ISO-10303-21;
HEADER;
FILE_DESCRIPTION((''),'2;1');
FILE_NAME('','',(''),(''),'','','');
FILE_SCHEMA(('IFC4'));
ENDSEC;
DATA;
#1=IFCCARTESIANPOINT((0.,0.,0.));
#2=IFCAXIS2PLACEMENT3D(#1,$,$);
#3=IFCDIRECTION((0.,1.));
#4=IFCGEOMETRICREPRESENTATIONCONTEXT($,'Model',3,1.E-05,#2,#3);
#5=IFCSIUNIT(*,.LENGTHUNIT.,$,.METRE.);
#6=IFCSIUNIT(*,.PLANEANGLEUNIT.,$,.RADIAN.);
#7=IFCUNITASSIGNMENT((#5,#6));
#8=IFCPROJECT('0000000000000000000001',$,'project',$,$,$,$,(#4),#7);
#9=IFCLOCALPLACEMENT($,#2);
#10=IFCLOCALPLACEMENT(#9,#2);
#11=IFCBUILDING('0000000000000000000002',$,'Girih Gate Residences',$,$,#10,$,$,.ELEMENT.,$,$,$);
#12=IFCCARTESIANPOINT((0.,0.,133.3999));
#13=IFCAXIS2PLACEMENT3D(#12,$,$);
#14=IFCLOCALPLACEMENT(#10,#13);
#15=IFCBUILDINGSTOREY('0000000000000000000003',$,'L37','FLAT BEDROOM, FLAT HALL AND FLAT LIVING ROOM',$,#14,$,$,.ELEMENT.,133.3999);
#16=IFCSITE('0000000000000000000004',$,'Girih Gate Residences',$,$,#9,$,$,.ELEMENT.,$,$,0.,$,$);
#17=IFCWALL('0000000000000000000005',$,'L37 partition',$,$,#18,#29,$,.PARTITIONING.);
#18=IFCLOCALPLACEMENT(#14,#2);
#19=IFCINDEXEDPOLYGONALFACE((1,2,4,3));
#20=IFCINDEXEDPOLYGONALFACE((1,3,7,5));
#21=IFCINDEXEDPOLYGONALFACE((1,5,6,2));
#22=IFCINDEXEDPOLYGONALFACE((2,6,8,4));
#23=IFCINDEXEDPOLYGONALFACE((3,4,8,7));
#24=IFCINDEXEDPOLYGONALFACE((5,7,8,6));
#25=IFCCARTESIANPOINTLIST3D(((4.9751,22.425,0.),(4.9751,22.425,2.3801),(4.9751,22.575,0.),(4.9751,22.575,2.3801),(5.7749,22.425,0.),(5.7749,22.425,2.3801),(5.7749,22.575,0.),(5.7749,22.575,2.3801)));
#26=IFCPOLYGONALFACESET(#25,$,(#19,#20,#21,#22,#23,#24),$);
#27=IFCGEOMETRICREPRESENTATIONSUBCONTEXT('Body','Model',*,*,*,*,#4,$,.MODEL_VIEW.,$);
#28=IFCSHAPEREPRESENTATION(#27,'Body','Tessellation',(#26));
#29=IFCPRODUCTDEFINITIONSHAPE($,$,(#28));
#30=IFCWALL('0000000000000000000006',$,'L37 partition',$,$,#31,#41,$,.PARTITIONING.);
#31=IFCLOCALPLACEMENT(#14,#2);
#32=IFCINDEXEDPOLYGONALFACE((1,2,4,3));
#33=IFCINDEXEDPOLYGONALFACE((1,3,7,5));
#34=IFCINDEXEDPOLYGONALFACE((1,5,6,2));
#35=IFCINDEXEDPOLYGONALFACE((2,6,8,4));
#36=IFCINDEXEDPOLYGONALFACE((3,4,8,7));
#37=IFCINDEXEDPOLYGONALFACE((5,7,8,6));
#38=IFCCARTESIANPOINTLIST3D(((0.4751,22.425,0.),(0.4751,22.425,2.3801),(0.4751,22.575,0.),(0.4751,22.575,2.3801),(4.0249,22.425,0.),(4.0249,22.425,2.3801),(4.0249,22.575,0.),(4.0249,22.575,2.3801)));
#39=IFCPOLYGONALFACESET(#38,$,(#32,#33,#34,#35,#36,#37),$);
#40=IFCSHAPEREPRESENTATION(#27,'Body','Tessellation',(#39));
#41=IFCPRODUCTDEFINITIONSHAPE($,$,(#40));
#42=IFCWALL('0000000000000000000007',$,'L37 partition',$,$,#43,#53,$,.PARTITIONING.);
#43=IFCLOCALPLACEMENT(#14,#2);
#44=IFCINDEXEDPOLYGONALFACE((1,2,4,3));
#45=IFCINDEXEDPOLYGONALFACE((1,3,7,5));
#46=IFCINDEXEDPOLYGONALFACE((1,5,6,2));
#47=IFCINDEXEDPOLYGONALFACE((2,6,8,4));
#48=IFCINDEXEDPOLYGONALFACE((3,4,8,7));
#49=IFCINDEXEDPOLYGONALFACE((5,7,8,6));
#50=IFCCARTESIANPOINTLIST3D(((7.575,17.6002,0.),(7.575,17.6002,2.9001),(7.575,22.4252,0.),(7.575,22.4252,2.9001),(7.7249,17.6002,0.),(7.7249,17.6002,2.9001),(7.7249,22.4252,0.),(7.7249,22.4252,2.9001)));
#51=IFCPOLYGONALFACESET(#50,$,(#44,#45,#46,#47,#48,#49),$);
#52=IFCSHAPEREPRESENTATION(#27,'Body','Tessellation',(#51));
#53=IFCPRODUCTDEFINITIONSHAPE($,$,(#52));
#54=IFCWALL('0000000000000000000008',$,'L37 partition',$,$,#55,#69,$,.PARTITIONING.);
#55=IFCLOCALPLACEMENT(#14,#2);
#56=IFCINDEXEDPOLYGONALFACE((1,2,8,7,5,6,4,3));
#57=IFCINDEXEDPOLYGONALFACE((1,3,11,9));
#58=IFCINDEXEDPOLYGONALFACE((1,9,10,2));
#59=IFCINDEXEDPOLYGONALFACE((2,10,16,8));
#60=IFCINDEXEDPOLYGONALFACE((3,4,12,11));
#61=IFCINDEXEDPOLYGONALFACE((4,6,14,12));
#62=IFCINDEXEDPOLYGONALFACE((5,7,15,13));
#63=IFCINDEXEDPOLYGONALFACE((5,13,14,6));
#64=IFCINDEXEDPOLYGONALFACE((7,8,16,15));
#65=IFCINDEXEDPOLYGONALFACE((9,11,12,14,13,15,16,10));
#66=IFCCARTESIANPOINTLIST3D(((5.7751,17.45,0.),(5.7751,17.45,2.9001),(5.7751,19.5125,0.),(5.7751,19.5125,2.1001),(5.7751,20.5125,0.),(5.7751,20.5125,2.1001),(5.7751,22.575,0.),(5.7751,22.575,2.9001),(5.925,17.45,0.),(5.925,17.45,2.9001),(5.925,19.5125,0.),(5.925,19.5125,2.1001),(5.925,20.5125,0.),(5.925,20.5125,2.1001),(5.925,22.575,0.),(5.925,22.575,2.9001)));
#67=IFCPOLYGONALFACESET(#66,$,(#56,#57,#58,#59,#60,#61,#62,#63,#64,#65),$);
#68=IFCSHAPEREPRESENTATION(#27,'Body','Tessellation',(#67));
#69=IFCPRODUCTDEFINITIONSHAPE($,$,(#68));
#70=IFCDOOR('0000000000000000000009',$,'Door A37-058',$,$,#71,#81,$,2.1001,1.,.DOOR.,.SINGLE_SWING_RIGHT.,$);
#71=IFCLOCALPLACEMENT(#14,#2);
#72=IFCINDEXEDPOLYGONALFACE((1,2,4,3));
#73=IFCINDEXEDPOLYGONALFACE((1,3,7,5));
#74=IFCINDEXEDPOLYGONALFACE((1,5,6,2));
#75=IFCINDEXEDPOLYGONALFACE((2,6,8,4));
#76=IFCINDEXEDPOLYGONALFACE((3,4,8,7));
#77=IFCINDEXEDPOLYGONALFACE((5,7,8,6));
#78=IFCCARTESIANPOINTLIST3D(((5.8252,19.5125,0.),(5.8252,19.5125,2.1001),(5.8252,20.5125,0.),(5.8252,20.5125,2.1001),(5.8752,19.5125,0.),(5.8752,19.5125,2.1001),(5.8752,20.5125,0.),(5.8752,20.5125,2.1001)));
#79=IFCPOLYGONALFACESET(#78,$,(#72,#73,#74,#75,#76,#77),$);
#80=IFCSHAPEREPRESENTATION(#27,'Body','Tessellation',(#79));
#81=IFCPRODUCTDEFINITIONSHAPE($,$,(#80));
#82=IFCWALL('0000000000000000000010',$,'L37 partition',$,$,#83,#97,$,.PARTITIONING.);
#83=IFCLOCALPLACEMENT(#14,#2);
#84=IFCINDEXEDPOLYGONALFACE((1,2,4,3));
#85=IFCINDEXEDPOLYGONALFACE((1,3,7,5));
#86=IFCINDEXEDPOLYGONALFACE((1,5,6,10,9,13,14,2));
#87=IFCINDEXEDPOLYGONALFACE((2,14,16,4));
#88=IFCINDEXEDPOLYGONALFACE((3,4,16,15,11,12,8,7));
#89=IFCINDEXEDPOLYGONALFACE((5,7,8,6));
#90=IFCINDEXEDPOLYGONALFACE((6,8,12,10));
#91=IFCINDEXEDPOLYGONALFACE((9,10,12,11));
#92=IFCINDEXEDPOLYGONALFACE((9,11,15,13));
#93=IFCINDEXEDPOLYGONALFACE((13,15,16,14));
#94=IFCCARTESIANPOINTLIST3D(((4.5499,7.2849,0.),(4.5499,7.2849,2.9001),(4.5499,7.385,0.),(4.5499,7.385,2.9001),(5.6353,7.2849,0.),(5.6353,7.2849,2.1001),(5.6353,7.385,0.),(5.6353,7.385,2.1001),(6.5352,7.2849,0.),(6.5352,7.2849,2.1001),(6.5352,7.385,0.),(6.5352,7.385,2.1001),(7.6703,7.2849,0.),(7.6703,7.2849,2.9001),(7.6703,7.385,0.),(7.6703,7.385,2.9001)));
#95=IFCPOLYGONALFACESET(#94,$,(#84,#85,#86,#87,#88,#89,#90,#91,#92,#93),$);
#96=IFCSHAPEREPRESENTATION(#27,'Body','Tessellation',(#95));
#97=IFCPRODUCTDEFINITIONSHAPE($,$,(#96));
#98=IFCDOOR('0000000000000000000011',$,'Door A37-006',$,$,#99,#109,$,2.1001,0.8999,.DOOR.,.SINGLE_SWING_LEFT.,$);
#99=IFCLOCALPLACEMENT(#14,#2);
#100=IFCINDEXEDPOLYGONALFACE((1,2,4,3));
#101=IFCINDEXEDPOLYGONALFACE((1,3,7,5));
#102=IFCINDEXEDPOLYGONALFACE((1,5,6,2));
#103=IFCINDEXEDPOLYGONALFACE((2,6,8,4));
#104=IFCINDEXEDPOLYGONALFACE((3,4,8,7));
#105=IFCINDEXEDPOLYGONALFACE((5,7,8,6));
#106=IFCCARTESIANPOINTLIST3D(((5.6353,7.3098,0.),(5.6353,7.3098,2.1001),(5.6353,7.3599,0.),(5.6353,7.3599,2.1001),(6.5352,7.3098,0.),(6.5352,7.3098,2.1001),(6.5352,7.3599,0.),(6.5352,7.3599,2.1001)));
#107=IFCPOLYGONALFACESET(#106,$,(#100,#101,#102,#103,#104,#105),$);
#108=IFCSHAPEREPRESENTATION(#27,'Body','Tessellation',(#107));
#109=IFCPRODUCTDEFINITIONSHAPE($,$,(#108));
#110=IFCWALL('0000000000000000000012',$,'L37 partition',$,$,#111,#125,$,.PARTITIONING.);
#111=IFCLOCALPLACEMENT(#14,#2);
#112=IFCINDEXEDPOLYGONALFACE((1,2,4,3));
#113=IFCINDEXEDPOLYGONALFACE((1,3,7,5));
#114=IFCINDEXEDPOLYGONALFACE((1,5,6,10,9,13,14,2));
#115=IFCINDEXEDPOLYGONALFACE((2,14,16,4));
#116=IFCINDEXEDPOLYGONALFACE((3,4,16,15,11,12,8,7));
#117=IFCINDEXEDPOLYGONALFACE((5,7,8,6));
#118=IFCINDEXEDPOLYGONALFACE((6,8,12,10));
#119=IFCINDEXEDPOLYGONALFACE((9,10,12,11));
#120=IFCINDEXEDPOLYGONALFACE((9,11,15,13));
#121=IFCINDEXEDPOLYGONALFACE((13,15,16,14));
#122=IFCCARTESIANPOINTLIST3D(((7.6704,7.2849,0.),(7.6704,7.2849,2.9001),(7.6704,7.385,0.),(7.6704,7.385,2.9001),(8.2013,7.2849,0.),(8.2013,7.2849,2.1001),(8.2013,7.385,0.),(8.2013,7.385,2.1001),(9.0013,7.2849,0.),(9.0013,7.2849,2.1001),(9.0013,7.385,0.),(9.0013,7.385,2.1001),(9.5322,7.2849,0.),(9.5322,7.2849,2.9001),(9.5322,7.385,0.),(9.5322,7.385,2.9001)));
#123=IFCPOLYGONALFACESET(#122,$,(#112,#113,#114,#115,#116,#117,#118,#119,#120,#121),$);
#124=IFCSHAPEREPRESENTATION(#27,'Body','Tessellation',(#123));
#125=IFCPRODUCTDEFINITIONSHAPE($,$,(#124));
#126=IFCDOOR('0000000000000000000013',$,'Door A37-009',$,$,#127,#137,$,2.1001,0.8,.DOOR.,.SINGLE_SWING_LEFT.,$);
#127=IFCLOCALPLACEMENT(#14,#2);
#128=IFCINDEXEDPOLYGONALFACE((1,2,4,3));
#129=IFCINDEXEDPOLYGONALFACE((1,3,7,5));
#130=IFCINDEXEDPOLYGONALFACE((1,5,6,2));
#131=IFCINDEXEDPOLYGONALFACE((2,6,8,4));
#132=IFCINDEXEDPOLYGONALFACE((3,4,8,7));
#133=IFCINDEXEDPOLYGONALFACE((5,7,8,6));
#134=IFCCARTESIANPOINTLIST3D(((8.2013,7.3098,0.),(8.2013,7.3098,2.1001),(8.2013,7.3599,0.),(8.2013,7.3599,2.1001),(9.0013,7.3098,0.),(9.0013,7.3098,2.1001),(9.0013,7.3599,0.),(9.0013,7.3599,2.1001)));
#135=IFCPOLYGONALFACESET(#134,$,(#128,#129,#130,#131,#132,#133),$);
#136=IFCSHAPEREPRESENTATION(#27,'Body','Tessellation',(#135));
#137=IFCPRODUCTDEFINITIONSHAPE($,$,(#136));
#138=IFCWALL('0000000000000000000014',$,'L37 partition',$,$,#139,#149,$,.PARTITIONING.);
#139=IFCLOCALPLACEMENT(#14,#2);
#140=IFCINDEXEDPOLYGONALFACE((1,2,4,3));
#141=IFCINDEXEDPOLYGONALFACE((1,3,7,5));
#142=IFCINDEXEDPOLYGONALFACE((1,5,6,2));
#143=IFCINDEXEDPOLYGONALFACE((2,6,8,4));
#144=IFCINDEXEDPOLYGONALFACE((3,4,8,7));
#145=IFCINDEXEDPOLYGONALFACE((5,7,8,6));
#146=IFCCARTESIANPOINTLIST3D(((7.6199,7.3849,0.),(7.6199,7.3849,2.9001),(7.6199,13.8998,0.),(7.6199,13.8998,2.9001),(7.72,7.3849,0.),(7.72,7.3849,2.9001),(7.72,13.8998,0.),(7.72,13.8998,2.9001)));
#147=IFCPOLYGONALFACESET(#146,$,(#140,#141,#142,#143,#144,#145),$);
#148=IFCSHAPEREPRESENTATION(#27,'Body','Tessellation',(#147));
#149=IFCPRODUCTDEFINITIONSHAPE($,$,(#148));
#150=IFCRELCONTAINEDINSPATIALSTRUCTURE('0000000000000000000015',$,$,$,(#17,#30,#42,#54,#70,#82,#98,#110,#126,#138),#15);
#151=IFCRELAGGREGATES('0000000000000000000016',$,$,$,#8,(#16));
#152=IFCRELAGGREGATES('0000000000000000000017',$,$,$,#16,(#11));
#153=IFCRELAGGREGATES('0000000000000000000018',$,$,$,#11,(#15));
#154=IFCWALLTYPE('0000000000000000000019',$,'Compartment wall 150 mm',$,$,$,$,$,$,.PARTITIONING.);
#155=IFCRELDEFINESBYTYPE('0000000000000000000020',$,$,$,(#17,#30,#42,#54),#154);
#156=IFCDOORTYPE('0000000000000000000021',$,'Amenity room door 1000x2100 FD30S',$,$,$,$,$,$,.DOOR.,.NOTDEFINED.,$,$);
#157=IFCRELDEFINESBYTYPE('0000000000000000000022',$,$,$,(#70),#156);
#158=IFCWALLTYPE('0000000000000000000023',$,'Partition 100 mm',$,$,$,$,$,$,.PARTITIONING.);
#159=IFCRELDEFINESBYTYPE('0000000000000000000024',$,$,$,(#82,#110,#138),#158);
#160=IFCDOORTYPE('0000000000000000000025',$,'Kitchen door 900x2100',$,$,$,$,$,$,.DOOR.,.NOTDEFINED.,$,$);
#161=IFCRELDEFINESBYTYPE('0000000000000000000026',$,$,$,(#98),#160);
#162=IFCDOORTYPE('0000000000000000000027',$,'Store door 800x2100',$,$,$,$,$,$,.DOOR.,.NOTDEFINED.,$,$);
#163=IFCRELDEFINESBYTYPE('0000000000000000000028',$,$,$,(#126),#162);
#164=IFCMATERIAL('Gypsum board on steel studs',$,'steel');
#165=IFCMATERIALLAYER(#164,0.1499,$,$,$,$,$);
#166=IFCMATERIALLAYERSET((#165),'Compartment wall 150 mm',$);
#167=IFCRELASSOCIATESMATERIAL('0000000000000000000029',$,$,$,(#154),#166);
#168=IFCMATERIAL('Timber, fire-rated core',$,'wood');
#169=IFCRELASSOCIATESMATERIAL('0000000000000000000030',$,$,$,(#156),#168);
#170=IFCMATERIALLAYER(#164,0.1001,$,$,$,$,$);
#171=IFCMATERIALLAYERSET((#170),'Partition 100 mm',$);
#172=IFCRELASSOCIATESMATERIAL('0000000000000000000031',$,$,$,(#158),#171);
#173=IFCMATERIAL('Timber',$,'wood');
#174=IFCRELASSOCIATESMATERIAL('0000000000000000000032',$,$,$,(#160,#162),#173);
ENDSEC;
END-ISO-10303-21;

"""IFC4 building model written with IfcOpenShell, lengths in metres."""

from ifc_helpers import new_model, si_unit, direction, frame, frame_2d, origin, place, context, subcontext, project, spatial, rectangle, extrude, material, layer, layer_set, type_object, element, fill, save


model = new_model("IFC4")

# Units and contexts
model_context = context("Model", 3, precision=1e-05, world=origin(), true_north=direction((0.0, 1.0)))
body_context = subcontext(model_context, "Body", "Model", "MODEL_VIEW")
ifc_project = project(units=[si_unit("LENGTHUNIT", "METRE"), si_unit("PLANEANGLEUNIT", "RADIAN")], contexts=[model_context])

# Site, building, storey
site_placement = place(None, origin())
site = spatial("IfcSite", under=ifc_project, at=site_placement, Name="Girih Gate Residences", CompositionType="ELEMENT", RefElevation=0.0)
building_placement = place(site_placement, origin())
building = spatial("IfcBuilding", under=site, at=building_placement, Name="Girih Gate Residences", CompositionType="ELEMENT")
storey_placement = place(building_placement, frame((0.0, 0.0, 133.3999)))
storey = spatial("IfcBuildingStorey", under=building, at=storey_placement, Name="L37", Description="FLAT BEDROOM, FLAT HALL AND FLAT LIVING ROOM", CompositionType="ELEMENT", Elevation=133.3999)

# Shared definitions
ifc_material_1 = material(Name="Gypsum board on steel studs", Category="steel")
ifc_layer_1 = layer(ifc_material_1, 0.1499)
ifc_layer_set_1 = layer_set([ifc_layer_1], Name="Compartment wall 150 mm")
wall_type_1 = type_object("IfcWallType", Name="Compartment wall 150 mm", PredefinedType="PARTITIONING", material=ifc_layer_set_1)

# Shared definitions
ifc_material_2 = material(Name="Timber", Category="wood")

# Walls
wall_1_placement = place(storey_placement, frame((4.9751, 22.5, 0.0), z_axis=(0.0, 0.0, 1.0), x_axis=(1.0, 0.0, 0.0)))
element("IfcWall", 1, at=wall_1_placement, inside=storey, type_object=wall_type_1, Name="L37 partition", PredefinedType="PARTITIONING", context=body_context, shape_type="SweptSolid", body=[
    extrude(rectangle(XDim=0.7998, YDim=0.1499, at=frame_2d((0.3999, 0.0))), origin(), (0.0, 0.0, 1.0), 2.3801),
])
wall_2_placement = place(storey_placement, frame((0.4751, 22.5, 0.0), z_axis=(0.0, 0.0, 1.0), x_axis=(1.0, 0.0, 0.0)))
element("IfcWall", 2, at=wall_2_placement, inside=storey, type_object=wall_type_1, Name="L37 partition", PredefinedType="PARTITIONING", context=body_context, shape_type="SweptSolid", body=[
    extrude(rectangle(XDim=3.5498, YDim=0.1499, at=frame_2d((1.7749, 0.0))), origin(), (0.0, 0.0, 1.0), 2.3801),
])
wall_3_placement = place(storey_placement, frame((7.6499, 17.6001, 0.0), z_axis=(0.0, 0.0, 1.0), x_axis=(0.0, 1.0, 0.0)))
element("IfcWall", 3, at=wall_3_placement, inside=storey, type_object=wall_type_1, Name="L37 partition", PredefinedType="PARTITIONING", context=body_context, shape_type="SweptSolid", body=[
    extrude(rectangle(XDim=4.825, YDim=0.1499, at=frame_2d((2.4126, 0.0))), origin(), (0.0, 0.0, 1.0), 2.9001),
])

# Walls, openings, doors
wall_4_placement = place(storey_placement, frame((5.8501, 17.45, 0.0), z_axis=(0.0, 0.0, 1.0), x_axis=(0.0, 1.0, 0.0)))
wall_4 = element("IfcWall", 4, at=wall_4_placement, inside=storey, type_object=wall_type_1, Name="L37 partition", PredefinedType="PARTITIONING", context=body_context, shape_type="SweptSolid", body=[
    extrude(rectangle(XDim=5.125, YDim=0.1499, at=frame_2d((2.5625, 0.0))), origin(), (0.0, 0.0, 1.0), 2.9001),
])
opening_1_placement = place(wall_4_placement, frame((2.0625, 0.0, 0.0)))
opening_1 = element("IfcOpeningElement", 5, at=opening_1_placement, cuts=wall_4, PredefinedType="OPENING", context=body_context, shape_type="SweptSolid", body=[
    extrude(rectangle(XDim=1.0, YDim=2.1001, at=frame_2d((0.5, 1.05))), frame((0.0, 0.085, 0.0), z_axis=(0.0, -1.0, 0.0), x_axis=(1.0, 0.0, 0.0)), (0.0, 0.0, 1.0), 0.1699),
])
ifc_material_3 = material(Name="Timber, fire-rated core", Category="wood")
door_type_1 = type_object("IfcDoorType", Name="Amenity room door 1000x2100 FD30S", OperationType="NOTDEFINED", PredefinedType="DOOR", material=ifc_material_3)
door_1_placement = place(opening_1_placement, origin())
door_1 = element("IfcDoor", 6, at=door_1_placement, inside=storey, type_object=door_type_1, Name="Door A37-058", OperationType="SINGLE_SWING_RIGHT", OverallHeight=2.1001, OverallWidth=1.0, PredefinedType="DOOR", context=body_context, shape_type="SweptSolid", body=[
    extrude(rectangle(XDim=1.0, YDim=2.1001, at=frame_2d((0.5, 1.05))), frame((0.0, 0.0249, 0.0), z_axis=(0.0, -1.0, 0.0), x_axis=(1.0, 0.0, 0.0)), (0.0, 0.0, 1.0), 0.05),
])
fill(opening_1, door_1)
ifc_layer_2 = layer(ifc_material_1, 0.1001)
ifc_layer_set_2 = layer_set([ifc_layer_2], Name="Partition 100 mm")
wall_type_2 = type_object("IfcWallType", Name="Partition 100 mm", PredefinedType="PARTITIONING", material=ifc_layer_set_2)
wall_5_placement = place(storey_placement, frame((4.55, 7.335, 0.0), z_axis=(0.0, 0.0, 1.0), x_axis=(1.0, 0.0, 0.0)))
wall_5 = element("IfcWall", 7, at=wall_5_placement, inside=storey, type_object=wall_type_2, Name="L37 partition", PredefinedType="PARTITIONING", context=body_context, shape_type="SweptSolid", body=[
    extrude(rectangle(XDim=3.1204, YDim=0.1001, at=frame_2d((1.5601, 0.0))), origin(), (0.0, 0.0, 1.0), 2.9001),
])
opening_2_placement = place(wall_5_placement, frame((1.0852, 0.0, 0.0)))
opening_2 = element("IfcOpeningElement", 8, at=opening_2_placement, cuts=wall_5, PredefinedType="OPENING", context=body_context, shape_type="SweptSolid", body=[
    extrude(rectangle(XDim=0.8999, YDim=2.1001, at=frame_2d((0.45, 1.05))), frame((0.0, 0.0601, 0.0), z_axis=(0.0, -1.0, 0.0), x_axis=(1.0, 0.0, 0.0)), (0.0, 0.0, 1.0), 0.1201),
])
door_type_2 = type_object("IfcDoorType", Name="Kitchen door 900x2100", OperationType="NOTDEFINED", PredefinedType="DOOR", material=ifc_material_2)
door_2_placement = place(opening_2_placement, origin())
door_2 = element("IfcDoor", 9, at=door_2_placement, inside=storey, type_object=door_type_2, Name="Door A37-006", OperationType="SINGLE_SWING_LEFT", OverallHeight=2.1001, OverallWidth=0.8999, PredefinedType="DOOR", context=body_context, shape_type="SweptSolid", body=[
    extrude(rectangle(XDim=0.8999, YDim=2.1001, at=frame_2d((0.45, 1.05))), frame((0.0, 0.0249, 0.0), z_axis=(0.0, -1.0, 0.0), x_axis=(1.0, 0.0, 0.0)), (0.0, 0.0, 1.0), 0.05),
])
fill(opening_2, door_2)
wall_6_placement = place(storey_placement, frame((7.6704, 7.335, 0.0), z_axis=(0.0, 0.0, 1.0), x_axis=(1.0, 0.0, 0.0)))
wall_6 = element("IfcWall", 10, at=wall_6_placement, inside=storey, type_object=wall_type_2, Name="L37 partition", PredefinedType="PARTITIONING", context=body_context, shape_type="SweptSolid", body=[
    extrude(rectangle(XDim=1.8618, YDim=0.1001, at=frame_2d((0.9309, 0.0))), origin(), (0.0, 0.0, 1.0), 2.9001),
])
opening_3_placement = place(wall_6_placement, frame((0.531, 0.0, 0.0)))
opening_3 = element("IfcOpeningElement", 11, at=opening_3_placement, cuts=wall_6, PredefinedType="OPENING", context=body_context, shape_type="SweptSolid", body=[
    extrude(rectangle(XDim=0.8, YDim=2.1001, at=frame_2d((0.3999, 1.05))), frame((0.0, 0.0601, 0.0), z_axis=(0.0, -1.0, 0.0), x_axis=(1.0, 0.0, 0.0)), (0.0, 0.0, 1.0), 0.1201),
])
door_type_3 = type_object("IfcDoorType", Name="Store door 800x2100", OperationType="NOTDEFINED", PredefinedType="DOOR", material=ifc_material_2)
door_3_placement = place(opening_3_placement, origin())
door_3 = element("IfcDoor", 12, at=door_3_placement, inside=storey, type_object=door_type_3, Name="Door A37-009", OperationType="SINGLE_SWING_LEFT", OverallHeight=2.1001, OverallWidth=0.8, PredefinedType="DOOR", context=body_context, shape_type="SweptSolid", body=[
    extrude(rectangle(XDim=0.8, YDim=2.1001, at=frame_2d((0.3999, 1.05))), frame((0.0, 0.0249, 0.0), z_axis=(0.0, -1.0, 0.0), x_axis=(1.0, 0.0, 0.0)), (0.0, 0.0, 1.0), 0.05),
])
fill(opening_3, door_3)

# Wall
wall_7_placement = place(storey_placement, frame((7.6699, 7.385, 0.0), z_axis=(0.0, 0.0, 1.0), x_axis=(0.0, 1.0, 0.0)))
element("IfcWall", 13, at=wall_7_placement, inside=storey, type_object=wall_type_2, Name="L37 partition", PredefinedType="PARTITIONING", context=body_context, shape_type="SweptSolid", body=[
    extrude(rectangle(XDim=6.5149, YDim=0.1001, at=frame_2d((3.2573, 0.0))), origin(), (0.0, 0.0, 1.0), 2.9001),
])

save(model, "model.ifc")
